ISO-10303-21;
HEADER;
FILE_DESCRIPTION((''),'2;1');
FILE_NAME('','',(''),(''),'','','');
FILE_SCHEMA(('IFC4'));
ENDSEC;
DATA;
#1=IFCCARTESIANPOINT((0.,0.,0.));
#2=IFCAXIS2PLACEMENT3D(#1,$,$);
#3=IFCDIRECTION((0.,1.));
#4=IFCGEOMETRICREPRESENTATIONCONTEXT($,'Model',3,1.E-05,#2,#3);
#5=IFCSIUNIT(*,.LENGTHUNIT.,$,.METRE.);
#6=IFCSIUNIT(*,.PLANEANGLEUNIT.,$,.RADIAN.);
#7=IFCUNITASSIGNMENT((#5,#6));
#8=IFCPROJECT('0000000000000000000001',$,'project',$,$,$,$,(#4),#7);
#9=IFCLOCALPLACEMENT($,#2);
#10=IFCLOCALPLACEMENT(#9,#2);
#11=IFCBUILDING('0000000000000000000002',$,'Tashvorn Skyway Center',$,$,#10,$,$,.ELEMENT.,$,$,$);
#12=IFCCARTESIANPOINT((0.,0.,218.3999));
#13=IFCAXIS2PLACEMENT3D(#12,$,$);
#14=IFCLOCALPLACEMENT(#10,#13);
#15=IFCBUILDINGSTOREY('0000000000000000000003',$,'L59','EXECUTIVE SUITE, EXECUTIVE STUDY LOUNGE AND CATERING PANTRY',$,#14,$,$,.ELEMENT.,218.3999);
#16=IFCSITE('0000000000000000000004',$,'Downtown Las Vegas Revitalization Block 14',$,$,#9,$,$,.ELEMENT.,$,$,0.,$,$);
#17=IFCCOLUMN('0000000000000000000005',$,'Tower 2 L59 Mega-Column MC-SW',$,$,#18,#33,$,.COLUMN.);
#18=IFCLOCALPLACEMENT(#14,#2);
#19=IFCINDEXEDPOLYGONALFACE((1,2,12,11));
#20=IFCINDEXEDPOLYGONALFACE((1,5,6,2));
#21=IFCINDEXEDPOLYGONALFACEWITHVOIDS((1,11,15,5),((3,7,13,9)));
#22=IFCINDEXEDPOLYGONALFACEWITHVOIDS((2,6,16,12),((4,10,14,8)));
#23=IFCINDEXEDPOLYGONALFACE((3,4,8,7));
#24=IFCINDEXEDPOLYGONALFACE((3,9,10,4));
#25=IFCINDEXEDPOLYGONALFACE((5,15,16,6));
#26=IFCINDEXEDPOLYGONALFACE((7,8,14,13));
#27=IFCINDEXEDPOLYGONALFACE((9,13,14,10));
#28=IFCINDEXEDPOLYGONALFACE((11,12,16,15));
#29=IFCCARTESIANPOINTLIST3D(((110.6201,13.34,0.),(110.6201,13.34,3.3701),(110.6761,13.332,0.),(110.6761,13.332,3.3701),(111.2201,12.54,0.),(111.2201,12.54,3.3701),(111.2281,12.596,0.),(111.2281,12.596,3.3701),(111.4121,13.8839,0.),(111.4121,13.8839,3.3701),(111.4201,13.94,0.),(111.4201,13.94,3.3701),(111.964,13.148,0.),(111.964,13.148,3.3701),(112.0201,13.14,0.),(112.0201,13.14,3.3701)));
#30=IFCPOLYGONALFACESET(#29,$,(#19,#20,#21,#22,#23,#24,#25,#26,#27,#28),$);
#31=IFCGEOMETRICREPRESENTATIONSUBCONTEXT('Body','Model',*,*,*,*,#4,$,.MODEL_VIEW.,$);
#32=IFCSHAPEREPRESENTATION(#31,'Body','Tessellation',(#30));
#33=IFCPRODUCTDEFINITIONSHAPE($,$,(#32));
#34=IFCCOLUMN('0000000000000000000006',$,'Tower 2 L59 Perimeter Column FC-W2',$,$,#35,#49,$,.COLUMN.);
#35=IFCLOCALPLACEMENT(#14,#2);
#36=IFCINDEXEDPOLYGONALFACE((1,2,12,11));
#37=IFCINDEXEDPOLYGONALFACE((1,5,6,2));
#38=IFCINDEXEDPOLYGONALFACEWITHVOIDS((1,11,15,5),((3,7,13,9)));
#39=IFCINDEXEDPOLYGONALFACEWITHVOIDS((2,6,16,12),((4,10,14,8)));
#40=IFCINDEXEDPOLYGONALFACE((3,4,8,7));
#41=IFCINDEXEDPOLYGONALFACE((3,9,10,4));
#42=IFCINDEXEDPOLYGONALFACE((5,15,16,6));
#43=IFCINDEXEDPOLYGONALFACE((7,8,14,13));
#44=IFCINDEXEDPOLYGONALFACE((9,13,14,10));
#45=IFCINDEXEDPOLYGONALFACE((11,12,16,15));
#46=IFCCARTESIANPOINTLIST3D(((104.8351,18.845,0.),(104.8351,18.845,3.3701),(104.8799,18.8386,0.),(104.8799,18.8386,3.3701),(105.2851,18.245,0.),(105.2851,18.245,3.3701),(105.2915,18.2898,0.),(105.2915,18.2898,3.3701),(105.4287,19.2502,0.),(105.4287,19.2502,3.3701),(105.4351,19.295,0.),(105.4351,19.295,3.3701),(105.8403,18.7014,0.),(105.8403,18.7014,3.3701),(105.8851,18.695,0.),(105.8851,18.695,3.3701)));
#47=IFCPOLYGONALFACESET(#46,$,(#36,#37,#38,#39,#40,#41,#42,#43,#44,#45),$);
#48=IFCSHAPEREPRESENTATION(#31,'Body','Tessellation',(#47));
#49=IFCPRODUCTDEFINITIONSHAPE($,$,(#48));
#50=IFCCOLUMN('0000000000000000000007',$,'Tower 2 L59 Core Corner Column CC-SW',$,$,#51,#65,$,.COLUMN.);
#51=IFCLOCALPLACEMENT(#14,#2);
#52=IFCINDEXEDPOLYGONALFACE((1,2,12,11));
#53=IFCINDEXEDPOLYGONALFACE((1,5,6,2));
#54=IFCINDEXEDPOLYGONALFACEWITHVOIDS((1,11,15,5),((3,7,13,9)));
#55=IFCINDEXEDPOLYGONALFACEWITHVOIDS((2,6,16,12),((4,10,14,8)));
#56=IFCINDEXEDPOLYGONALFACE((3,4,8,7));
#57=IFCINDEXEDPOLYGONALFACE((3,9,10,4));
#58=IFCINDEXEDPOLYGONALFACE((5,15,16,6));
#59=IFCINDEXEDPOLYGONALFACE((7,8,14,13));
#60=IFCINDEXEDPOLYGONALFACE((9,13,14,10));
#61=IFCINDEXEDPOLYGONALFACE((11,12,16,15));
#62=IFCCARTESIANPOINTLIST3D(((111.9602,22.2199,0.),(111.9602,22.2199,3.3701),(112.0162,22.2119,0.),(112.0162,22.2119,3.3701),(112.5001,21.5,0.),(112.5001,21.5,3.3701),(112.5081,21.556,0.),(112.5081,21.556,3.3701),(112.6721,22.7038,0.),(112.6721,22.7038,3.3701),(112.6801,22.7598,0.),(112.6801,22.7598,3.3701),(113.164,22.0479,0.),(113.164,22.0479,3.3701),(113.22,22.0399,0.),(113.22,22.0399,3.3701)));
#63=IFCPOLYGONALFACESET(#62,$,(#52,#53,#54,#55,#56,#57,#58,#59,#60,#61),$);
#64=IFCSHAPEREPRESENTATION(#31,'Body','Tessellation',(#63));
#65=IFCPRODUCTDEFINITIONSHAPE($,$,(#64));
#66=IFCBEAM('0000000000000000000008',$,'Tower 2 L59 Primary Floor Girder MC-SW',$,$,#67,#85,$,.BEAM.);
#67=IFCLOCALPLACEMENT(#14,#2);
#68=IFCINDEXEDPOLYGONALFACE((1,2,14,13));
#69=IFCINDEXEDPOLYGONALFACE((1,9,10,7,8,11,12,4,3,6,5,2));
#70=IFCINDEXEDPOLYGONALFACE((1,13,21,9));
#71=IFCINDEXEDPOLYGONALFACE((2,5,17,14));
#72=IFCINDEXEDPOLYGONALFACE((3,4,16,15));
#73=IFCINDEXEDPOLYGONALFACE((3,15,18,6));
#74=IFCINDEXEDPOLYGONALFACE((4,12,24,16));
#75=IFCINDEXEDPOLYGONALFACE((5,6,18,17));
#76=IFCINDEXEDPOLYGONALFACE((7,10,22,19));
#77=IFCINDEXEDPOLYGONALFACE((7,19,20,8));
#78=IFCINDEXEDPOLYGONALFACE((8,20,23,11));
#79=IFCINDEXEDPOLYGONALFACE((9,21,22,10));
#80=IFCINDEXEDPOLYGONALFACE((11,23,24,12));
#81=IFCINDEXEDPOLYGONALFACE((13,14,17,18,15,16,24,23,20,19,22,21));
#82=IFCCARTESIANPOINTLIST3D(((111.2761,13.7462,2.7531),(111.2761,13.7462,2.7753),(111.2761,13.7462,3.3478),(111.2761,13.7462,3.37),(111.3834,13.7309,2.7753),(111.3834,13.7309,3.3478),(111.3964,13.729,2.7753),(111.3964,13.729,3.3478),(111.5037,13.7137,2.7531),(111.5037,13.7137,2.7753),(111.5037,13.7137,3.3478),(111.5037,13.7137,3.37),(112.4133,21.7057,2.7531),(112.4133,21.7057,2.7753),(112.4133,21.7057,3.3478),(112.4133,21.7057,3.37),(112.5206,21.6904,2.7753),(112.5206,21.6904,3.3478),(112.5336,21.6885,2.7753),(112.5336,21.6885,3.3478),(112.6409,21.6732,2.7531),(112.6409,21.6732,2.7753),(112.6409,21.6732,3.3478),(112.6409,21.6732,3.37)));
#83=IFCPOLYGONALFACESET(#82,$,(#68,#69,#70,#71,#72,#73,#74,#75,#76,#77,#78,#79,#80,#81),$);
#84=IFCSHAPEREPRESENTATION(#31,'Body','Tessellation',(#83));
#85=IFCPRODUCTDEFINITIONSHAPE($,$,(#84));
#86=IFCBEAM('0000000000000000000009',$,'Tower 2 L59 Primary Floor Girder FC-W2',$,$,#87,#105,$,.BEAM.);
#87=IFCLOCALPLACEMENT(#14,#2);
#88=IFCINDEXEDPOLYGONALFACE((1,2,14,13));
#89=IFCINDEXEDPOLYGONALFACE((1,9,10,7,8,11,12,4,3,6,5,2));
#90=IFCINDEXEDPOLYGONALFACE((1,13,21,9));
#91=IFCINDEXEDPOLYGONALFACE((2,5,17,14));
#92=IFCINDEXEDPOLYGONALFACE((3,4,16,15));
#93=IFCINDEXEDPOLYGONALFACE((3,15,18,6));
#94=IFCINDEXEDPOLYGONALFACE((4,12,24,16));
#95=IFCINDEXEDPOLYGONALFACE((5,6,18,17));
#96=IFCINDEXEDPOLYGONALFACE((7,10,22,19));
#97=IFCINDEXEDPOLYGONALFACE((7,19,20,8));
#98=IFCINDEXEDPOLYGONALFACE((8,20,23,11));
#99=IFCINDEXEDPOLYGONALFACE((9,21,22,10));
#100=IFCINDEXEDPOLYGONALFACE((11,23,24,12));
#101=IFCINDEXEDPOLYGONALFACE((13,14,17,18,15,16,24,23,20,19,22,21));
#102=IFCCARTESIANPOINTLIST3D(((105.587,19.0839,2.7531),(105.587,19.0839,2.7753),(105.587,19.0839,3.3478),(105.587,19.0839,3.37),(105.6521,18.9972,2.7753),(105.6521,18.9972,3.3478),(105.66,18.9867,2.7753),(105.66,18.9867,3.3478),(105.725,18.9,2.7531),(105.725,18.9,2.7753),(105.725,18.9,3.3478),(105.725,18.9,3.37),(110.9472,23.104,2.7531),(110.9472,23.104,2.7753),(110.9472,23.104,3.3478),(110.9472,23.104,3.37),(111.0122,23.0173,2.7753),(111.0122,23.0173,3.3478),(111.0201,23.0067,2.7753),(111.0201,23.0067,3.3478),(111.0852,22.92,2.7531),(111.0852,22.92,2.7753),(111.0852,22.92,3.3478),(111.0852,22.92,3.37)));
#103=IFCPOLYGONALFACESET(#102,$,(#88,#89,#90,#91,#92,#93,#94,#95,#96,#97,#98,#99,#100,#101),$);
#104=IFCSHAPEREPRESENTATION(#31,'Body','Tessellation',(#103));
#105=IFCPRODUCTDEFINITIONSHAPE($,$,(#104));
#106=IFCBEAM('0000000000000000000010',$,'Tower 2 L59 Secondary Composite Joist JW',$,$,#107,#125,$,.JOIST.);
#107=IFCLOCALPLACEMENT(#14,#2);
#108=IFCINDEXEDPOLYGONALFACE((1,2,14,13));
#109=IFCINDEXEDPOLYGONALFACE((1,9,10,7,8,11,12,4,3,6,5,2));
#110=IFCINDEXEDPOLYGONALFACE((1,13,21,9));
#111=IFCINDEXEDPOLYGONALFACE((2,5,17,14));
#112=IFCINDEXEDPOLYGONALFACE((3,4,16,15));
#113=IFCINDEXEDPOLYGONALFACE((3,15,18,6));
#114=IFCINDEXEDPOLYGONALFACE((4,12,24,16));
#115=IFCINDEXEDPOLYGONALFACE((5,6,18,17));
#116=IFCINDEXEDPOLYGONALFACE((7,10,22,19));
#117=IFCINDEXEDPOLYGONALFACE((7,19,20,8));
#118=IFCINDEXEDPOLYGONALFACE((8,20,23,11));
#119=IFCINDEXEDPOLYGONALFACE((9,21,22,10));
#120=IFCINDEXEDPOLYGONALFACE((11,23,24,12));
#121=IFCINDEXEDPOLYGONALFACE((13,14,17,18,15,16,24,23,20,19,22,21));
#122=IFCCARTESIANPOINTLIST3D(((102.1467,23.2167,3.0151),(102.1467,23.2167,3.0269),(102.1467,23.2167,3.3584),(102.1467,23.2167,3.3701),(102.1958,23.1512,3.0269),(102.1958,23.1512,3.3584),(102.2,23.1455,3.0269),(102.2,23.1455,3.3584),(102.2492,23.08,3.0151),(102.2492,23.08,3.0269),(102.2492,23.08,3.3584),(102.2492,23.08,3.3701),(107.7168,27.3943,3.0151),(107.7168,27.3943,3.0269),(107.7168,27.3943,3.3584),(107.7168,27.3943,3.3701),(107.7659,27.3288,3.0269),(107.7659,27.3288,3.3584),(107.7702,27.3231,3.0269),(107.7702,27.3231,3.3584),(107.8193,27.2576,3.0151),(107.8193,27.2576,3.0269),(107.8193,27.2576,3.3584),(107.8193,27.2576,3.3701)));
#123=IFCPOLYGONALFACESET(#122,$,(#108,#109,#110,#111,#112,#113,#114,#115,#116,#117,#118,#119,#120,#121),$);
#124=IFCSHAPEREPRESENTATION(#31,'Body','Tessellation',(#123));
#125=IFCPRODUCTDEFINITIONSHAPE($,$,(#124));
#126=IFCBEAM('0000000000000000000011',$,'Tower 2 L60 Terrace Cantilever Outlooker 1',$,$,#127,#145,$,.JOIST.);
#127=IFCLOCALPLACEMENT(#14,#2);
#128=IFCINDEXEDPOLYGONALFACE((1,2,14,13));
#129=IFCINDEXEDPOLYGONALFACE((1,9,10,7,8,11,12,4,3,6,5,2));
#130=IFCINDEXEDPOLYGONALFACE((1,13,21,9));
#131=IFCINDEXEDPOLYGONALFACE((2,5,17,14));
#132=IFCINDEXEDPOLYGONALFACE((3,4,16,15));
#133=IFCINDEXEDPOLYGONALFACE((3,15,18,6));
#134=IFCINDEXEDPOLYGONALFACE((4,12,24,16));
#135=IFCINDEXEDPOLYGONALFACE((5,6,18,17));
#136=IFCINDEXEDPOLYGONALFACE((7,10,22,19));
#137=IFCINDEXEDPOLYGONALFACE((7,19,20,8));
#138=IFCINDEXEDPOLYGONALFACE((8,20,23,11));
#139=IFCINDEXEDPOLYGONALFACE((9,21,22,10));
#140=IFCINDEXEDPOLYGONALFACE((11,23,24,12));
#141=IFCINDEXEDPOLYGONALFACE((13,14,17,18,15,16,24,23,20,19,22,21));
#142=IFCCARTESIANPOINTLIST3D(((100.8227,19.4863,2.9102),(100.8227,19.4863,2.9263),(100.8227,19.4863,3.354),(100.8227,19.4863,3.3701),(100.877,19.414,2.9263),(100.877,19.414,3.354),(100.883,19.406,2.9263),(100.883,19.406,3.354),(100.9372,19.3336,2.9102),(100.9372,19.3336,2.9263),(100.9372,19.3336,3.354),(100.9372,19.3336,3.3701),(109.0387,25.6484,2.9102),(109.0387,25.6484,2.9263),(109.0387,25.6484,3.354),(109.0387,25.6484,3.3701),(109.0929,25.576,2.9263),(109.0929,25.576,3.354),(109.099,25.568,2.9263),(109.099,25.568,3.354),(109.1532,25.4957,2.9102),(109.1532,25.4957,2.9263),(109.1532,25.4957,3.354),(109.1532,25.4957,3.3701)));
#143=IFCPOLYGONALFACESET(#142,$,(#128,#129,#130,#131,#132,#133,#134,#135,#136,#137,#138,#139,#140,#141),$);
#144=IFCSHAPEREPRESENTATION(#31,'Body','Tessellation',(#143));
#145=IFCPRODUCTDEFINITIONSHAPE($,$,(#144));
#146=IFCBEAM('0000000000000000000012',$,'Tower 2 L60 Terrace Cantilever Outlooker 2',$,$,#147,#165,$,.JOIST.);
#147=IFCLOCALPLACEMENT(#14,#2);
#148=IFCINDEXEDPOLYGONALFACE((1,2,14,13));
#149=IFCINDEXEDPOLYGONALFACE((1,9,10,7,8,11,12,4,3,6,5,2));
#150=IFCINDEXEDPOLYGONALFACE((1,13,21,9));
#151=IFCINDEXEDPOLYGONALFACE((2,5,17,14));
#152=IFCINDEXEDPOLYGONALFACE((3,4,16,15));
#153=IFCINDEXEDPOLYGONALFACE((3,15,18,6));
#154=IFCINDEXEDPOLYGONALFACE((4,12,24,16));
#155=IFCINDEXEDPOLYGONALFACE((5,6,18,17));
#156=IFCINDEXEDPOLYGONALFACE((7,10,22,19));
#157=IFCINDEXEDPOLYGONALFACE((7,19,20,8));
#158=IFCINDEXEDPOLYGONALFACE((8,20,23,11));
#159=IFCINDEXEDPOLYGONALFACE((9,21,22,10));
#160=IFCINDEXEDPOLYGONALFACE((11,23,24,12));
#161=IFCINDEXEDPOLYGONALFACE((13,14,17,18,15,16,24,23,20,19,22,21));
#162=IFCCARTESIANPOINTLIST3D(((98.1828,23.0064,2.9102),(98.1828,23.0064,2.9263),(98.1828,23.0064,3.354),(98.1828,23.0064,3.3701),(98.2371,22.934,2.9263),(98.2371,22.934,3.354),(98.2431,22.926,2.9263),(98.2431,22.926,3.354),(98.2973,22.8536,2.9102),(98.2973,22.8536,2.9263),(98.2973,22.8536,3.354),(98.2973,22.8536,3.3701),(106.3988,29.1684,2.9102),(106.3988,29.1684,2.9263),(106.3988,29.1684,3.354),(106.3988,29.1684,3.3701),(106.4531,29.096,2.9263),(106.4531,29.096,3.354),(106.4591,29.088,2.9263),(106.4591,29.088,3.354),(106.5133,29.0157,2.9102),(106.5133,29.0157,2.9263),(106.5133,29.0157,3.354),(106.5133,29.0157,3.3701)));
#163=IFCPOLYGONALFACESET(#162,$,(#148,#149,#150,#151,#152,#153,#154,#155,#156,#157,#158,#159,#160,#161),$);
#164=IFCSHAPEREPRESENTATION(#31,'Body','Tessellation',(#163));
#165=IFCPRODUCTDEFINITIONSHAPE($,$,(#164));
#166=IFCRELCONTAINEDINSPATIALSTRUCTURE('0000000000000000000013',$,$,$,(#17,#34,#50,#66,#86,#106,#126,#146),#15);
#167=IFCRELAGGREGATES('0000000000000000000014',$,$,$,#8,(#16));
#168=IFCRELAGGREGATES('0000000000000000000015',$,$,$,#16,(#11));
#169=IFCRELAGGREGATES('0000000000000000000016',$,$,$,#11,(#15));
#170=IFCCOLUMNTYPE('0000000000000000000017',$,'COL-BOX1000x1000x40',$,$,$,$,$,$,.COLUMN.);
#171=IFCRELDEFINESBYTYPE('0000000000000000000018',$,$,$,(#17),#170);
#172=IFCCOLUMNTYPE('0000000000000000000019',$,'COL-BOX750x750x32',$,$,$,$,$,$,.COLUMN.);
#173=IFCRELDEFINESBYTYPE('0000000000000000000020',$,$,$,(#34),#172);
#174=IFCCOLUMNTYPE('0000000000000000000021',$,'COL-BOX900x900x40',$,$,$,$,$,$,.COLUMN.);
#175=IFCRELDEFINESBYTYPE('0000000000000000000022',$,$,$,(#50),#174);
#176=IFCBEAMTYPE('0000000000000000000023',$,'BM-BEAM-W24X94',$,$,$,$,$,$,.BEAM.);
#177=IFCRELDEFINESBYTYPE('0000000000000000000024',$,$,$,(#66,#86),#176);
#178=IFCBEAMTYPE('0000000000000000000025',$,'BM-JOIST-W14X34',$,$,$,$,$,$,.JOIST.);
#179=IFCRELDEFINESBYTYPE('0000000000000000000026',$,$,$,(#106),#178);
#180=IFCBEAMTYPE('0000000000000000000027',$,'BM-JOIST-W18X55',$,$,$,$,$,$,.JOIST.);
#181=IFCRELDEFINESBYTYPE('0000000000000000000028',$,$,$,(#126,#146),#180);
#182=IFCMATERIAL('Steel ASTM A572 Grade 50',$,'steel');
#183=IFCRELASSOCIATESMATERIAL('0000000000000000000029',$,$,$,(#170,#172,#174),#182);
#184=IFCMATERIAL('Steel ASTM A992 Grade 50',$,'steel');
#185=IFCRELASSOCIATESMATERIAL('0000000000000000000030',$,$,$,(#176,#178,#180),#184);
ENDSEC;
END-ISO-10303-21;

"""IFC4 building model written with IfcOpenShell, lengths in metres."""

from ifc_helpers import new_model, si_unit, direction, frame, origin, origin_2d, place, context, subcontext, project, spatial, hollow_rectangle, i_section, extrude, material, material_profile, profile_set, type_object, element, save


model = new_model("IFC4")

# Units and contexts
model_context = context("Model", 3, precision=1e-05, world=origin(), true_north=direction((0.0, 1.0)))
body_context = subcontext(model_context, "Body", "Model", "MODEL_VIEW")
ifc_project = project(units=[si_unit("LENGTHUNIT", "METRE"), si_unit("PLANEANGLEUNIT", "RADIAN")], contexts=[model_context])

# Site, building, storey
site_placement = place(None, origin())
site = spatial("IfcSite", under=ifc_project, at=site_placement, Name="Downtown Las Vegas Revitalization Block 14", CompositionType="ELEMENT", RefElevation=0.0)
building_placement = place(site_placement, origin())
building = spatial("IfcBuilding", under=site, at=building_placement, Name="Tashvorn Skyway Center", CompositionType="ELEMENT")
storey_placement = place(building_placement, frame((0.0, 0.0, 218.3999)))
storey = spatial("IfcBuildingStorey", under=building, at=storey_placement, Name="L59", Description="EXECUTIVE SUITE, EXECUTIVE STUDY LOUNGE AND CATERING PANTRY", CompositionType="ELEMENT", Elevation=218.3999)

# Columns
ifc_material_1 = material(Name="Steel ASTM A572 Grade 50", Category="steel")
ifc_material_profile_1 = material_profile(ifc_material_1, hollow_rectangle(XDim=1.0, YDim=1.0, WallThickness=0.04, at=origin_2d()), Name="BOX1000x1000x40")
ifc_profile_set_1 = profile_set([ifc_material_profile_1], Name="Steel ASTM A572 Grade 50")
column_type_1 = type_object("IfcColumnType", Name="COL-BOX1000x1000x40", PredefinedType="COLUMN", material=ifc_profile_set_1)
column_1_placement = place(storey_placement, frame((111.3201, 13.24, 0.0), z_axis=(0.0, 0.0, 1.0), x_axis=(0.8, 0.6, 0.0)))
element("IfcColumn", 1, at=column_1_placement, inside=storey, type_object=column_type_1, Name="Tower 2 L59 Mega-Column MC-SW", PredefinedType="COLUMN", context=body_context, shape_type="SweptSolid", body=[
    extrude(hollow_rectangle(XDim=1.0, YDim=1.0, WallThickness=0.04, at=origin_2d()), origin(), (0.0, 0.0, 1.0), 3.3701),
])
ifc_material_profile_2 = material_profile(ifc_material_1, hollow_rectangle(XDim=0.75, YDim=0.75, WallThickness=0.032, at=origin_2d()), Name="BOX750x750x32")
ifc_profile_set_2 = profile_set([ifc_material_profile_2], Name="Steel ASTM A572 Grade 50")
column_type_2 = type_object("IfcColumnType", Name="COL-BOX750x750x32", PredefinedType="COLUMN", material=ifc_profile_set_2)
column_2_placement = place(storey_placement, frame((105.3601, 18.77, 0.0), z_axis=(0.0, 0.0, 1.0), x_axis=(0.8, 0.6, 0.0)))
element("IfcColumn", 2, at=column_2_placement, inside=storey, type_object=column_type_2, Name="Tower 2 L59 Perimeter Column FC-W2", PredefinedType="COLUMN", context=body_context, shape_type="SweptSolid", body=[
    extrude(hollow_rectangle(XDim=0.75, YDim=0.75, WallThickness=0.032, at=origin_2d()), origin(), (0.0, 0.0, 1.0), 3.3701),
])
ifc_material_profile_3 = material_profile(ifc_material_1, hollow_rectangle(XDim=0.8999, YDim=0.8999, WallThickness=0.04, at=origin_2d()), Name="BOX900x900x40")
ifc_profile_set_3 = profile_set([ifc_material_profile_3], Name="Steel ASTM A572 Grade 50")
column_type_3 = type_object("IfcColumnType", Name="COL-BOX900x900x40", PredefinedType="COLUMN", material=ifc_profile_set_3)
column_3_placement = place(storey_placement, frame((112.5901, 22.1299, 0.0), z_axis=(0.0, 0.0, 1.0), x_axis=(0.8, 0.6, 0.0)))
element("IfcColumn", 3, at=column_3_placement, inside=storey, type_object=column_type_3, Name="Tower 2 L59 Core Corner Column CC-SW", PredefinedType="COLUMN", context=body_context, shape_type="SweptSolid", body=[
    extrude(hollow_rectangle(XDim=0.8999, YDim=0.8999, WallThickness=0.04, at=origin_2d()), origin(), (0.0, 0.0, 1.0), 3.3701),
])

# Beams
ifc_material_2 = material(Name="Steel ASTM A992 Grade 50", Category="steel")
ifc_material_profile_4 = material_profile(ifc_material_2, i_section(OverallWidth=0.23, OverallDepth=0.6169, WebThickness=0.0132, FlangeThickness=0.0222, at=origin_2d()), Name="W24X94")
ifc_profile_set_4 = profile_set([ifc_material_profile_4], Name="Steel ASTM A992 Grade 50")
beam_type_1 = type_object("IfcBeamType", Name="BM-BEAM-W24X94", PredefinedType="BEAM", material=ifc_profile_set_4)
beam_1_placement = place(storey_placement, frame((111.3899, 13.73, 3.0615), z_axis=(0.141438, 0.989947, 0.0), x_axis=(-0.989947, 0.141438, 0.0)))
element("IfcBeam", 4, at=beam_1_placement, inside=storey, type_object=beam_type_1, Name="Tower 2 L59 Primary Floor Girder MC-SW", PredefinedType="BEAM", context=body_context, shape_type="SweptSolid", body=[
    extrude(i_section(OverallWidth=0.23, OverallDepth=0.6169, WebThickness=0.0132, FlangeThickness=0.0222, at=origin_2d()), origin(), (0.0, 0.0, 1.0), 8.0403),
])
beam_2_placement = place(storey_placement, frame((105.656, 18.9919, 3.0615), z_axis=(0.800004, 0.599994, 0.0), x_axis=(-0.599994, 0.800004, 0.0)))
element("IfcBeam", 5, at=beam_2_placement, inside=storey, type_object=beam_type_1, Name="Tower 2 L59 Primary Floor Girder FC-W2", PredefinedType="BEAM", context=body_context, shape_type="SweptSolid", body=[
    extrude(i_section(OverallWidth=0.23, OverallDepth=0.6169, WebThickness=0.0132, FlangeThickness=0.0222, at=origin_2d()), origin(), (0.0, 0.0, 1.0), 6.7002),
])
ifc_material_profile_5 = material_profile(ifc_material_2, i_section(OverallWidth=0.1709, OverallDepth=0.355, WebThickness=0.0071, FlangeThickness=0.0117, at=origin_2d()), Name="W14X34")
ifc_profile_set_5 = profile_set([ifc_material_profile_5], Name="Steel ASTM A992 Grade 50")
beam_type_2 = type_object("IfcBeamType", Name="BM-JOIST-W14X34", PredefinedType="JOIST", material=ifc_profile_set_5)
beam_3_placement = place(storey_placement, frame((107.7681, 27.3259, 3.1926), z_axis=(-0.800004, -0.599994, 0.0), x_axis=(0.599994, -0.800004, 0.0)))
element("IfcBeam", 6, at=beam_3_placement, inside=storey, type_object=beam_type_2, Name="Tower 2 L59 Secondary Composite Joist JW", PredefinedType="JOIST", context=body_context, shape_type="SweptSolid", body=[
    extrude(i_section(OverallWidth=0.1709, OverallDepth=0.355, WebThickness=0.0071, FlangeThickness=0.0117, at=origin_2d()), origin(), (0.0, 0.0, 1.0), 6.9626),
])
ifc_material_profile_6 = material_profile(ifc_material_2, i_section(OverallWidth=0.1909, OverallDepth=0.46, WebThickness=0.01, FlangeThickness=0.0161, at=origin_2d()), Name="W18X55")
ifc_profile_set_6 = profile_set([ifc_material_profile_6], Name="Steel ASTM A992 Grade 50")
beam_type_3 = type_object("IfcBeamType", Name="BM-JOIST-W18X55", PredefinedType="JOIST", material=ifc_profile_set_6)
for number, where, z_axis, x_axis, name in (
    (7, (109.0959, 25.572, 3.1401), (-0.799997, -0.600004, 0.0), (0.600004, -0.799997, 0.0), "Tower 2 L60 Terrace Cantilever Outlooker 1"),
    (8, (106.4561, 29.092, 3.1401), (-0.799997, -0.600004, 0.0), (0.600004, -0.799997, 0.0), "Tower 2 L60 Terrace Cantilever Outlooker 2"),
):
    element("IfcBeam", number, at=place(storey_placement, frame(where, z_axis=z_axis, x_axis=x_axis)), inside=storey, type_object=beam_type_3, Name=name, PredefinedType="JOIST", context=body_context, shape_type="SweptSolid", body=[
        extrude(i_section(OverallWidth=0.1909, OverallDepth=0.46, WebThickness=0.01, FlangeThickness=0.0161, at=origin_2d()), origin(), (0.0, 0.0, 1.0), 10.27),
    ])

save(model, "model.ifc")
